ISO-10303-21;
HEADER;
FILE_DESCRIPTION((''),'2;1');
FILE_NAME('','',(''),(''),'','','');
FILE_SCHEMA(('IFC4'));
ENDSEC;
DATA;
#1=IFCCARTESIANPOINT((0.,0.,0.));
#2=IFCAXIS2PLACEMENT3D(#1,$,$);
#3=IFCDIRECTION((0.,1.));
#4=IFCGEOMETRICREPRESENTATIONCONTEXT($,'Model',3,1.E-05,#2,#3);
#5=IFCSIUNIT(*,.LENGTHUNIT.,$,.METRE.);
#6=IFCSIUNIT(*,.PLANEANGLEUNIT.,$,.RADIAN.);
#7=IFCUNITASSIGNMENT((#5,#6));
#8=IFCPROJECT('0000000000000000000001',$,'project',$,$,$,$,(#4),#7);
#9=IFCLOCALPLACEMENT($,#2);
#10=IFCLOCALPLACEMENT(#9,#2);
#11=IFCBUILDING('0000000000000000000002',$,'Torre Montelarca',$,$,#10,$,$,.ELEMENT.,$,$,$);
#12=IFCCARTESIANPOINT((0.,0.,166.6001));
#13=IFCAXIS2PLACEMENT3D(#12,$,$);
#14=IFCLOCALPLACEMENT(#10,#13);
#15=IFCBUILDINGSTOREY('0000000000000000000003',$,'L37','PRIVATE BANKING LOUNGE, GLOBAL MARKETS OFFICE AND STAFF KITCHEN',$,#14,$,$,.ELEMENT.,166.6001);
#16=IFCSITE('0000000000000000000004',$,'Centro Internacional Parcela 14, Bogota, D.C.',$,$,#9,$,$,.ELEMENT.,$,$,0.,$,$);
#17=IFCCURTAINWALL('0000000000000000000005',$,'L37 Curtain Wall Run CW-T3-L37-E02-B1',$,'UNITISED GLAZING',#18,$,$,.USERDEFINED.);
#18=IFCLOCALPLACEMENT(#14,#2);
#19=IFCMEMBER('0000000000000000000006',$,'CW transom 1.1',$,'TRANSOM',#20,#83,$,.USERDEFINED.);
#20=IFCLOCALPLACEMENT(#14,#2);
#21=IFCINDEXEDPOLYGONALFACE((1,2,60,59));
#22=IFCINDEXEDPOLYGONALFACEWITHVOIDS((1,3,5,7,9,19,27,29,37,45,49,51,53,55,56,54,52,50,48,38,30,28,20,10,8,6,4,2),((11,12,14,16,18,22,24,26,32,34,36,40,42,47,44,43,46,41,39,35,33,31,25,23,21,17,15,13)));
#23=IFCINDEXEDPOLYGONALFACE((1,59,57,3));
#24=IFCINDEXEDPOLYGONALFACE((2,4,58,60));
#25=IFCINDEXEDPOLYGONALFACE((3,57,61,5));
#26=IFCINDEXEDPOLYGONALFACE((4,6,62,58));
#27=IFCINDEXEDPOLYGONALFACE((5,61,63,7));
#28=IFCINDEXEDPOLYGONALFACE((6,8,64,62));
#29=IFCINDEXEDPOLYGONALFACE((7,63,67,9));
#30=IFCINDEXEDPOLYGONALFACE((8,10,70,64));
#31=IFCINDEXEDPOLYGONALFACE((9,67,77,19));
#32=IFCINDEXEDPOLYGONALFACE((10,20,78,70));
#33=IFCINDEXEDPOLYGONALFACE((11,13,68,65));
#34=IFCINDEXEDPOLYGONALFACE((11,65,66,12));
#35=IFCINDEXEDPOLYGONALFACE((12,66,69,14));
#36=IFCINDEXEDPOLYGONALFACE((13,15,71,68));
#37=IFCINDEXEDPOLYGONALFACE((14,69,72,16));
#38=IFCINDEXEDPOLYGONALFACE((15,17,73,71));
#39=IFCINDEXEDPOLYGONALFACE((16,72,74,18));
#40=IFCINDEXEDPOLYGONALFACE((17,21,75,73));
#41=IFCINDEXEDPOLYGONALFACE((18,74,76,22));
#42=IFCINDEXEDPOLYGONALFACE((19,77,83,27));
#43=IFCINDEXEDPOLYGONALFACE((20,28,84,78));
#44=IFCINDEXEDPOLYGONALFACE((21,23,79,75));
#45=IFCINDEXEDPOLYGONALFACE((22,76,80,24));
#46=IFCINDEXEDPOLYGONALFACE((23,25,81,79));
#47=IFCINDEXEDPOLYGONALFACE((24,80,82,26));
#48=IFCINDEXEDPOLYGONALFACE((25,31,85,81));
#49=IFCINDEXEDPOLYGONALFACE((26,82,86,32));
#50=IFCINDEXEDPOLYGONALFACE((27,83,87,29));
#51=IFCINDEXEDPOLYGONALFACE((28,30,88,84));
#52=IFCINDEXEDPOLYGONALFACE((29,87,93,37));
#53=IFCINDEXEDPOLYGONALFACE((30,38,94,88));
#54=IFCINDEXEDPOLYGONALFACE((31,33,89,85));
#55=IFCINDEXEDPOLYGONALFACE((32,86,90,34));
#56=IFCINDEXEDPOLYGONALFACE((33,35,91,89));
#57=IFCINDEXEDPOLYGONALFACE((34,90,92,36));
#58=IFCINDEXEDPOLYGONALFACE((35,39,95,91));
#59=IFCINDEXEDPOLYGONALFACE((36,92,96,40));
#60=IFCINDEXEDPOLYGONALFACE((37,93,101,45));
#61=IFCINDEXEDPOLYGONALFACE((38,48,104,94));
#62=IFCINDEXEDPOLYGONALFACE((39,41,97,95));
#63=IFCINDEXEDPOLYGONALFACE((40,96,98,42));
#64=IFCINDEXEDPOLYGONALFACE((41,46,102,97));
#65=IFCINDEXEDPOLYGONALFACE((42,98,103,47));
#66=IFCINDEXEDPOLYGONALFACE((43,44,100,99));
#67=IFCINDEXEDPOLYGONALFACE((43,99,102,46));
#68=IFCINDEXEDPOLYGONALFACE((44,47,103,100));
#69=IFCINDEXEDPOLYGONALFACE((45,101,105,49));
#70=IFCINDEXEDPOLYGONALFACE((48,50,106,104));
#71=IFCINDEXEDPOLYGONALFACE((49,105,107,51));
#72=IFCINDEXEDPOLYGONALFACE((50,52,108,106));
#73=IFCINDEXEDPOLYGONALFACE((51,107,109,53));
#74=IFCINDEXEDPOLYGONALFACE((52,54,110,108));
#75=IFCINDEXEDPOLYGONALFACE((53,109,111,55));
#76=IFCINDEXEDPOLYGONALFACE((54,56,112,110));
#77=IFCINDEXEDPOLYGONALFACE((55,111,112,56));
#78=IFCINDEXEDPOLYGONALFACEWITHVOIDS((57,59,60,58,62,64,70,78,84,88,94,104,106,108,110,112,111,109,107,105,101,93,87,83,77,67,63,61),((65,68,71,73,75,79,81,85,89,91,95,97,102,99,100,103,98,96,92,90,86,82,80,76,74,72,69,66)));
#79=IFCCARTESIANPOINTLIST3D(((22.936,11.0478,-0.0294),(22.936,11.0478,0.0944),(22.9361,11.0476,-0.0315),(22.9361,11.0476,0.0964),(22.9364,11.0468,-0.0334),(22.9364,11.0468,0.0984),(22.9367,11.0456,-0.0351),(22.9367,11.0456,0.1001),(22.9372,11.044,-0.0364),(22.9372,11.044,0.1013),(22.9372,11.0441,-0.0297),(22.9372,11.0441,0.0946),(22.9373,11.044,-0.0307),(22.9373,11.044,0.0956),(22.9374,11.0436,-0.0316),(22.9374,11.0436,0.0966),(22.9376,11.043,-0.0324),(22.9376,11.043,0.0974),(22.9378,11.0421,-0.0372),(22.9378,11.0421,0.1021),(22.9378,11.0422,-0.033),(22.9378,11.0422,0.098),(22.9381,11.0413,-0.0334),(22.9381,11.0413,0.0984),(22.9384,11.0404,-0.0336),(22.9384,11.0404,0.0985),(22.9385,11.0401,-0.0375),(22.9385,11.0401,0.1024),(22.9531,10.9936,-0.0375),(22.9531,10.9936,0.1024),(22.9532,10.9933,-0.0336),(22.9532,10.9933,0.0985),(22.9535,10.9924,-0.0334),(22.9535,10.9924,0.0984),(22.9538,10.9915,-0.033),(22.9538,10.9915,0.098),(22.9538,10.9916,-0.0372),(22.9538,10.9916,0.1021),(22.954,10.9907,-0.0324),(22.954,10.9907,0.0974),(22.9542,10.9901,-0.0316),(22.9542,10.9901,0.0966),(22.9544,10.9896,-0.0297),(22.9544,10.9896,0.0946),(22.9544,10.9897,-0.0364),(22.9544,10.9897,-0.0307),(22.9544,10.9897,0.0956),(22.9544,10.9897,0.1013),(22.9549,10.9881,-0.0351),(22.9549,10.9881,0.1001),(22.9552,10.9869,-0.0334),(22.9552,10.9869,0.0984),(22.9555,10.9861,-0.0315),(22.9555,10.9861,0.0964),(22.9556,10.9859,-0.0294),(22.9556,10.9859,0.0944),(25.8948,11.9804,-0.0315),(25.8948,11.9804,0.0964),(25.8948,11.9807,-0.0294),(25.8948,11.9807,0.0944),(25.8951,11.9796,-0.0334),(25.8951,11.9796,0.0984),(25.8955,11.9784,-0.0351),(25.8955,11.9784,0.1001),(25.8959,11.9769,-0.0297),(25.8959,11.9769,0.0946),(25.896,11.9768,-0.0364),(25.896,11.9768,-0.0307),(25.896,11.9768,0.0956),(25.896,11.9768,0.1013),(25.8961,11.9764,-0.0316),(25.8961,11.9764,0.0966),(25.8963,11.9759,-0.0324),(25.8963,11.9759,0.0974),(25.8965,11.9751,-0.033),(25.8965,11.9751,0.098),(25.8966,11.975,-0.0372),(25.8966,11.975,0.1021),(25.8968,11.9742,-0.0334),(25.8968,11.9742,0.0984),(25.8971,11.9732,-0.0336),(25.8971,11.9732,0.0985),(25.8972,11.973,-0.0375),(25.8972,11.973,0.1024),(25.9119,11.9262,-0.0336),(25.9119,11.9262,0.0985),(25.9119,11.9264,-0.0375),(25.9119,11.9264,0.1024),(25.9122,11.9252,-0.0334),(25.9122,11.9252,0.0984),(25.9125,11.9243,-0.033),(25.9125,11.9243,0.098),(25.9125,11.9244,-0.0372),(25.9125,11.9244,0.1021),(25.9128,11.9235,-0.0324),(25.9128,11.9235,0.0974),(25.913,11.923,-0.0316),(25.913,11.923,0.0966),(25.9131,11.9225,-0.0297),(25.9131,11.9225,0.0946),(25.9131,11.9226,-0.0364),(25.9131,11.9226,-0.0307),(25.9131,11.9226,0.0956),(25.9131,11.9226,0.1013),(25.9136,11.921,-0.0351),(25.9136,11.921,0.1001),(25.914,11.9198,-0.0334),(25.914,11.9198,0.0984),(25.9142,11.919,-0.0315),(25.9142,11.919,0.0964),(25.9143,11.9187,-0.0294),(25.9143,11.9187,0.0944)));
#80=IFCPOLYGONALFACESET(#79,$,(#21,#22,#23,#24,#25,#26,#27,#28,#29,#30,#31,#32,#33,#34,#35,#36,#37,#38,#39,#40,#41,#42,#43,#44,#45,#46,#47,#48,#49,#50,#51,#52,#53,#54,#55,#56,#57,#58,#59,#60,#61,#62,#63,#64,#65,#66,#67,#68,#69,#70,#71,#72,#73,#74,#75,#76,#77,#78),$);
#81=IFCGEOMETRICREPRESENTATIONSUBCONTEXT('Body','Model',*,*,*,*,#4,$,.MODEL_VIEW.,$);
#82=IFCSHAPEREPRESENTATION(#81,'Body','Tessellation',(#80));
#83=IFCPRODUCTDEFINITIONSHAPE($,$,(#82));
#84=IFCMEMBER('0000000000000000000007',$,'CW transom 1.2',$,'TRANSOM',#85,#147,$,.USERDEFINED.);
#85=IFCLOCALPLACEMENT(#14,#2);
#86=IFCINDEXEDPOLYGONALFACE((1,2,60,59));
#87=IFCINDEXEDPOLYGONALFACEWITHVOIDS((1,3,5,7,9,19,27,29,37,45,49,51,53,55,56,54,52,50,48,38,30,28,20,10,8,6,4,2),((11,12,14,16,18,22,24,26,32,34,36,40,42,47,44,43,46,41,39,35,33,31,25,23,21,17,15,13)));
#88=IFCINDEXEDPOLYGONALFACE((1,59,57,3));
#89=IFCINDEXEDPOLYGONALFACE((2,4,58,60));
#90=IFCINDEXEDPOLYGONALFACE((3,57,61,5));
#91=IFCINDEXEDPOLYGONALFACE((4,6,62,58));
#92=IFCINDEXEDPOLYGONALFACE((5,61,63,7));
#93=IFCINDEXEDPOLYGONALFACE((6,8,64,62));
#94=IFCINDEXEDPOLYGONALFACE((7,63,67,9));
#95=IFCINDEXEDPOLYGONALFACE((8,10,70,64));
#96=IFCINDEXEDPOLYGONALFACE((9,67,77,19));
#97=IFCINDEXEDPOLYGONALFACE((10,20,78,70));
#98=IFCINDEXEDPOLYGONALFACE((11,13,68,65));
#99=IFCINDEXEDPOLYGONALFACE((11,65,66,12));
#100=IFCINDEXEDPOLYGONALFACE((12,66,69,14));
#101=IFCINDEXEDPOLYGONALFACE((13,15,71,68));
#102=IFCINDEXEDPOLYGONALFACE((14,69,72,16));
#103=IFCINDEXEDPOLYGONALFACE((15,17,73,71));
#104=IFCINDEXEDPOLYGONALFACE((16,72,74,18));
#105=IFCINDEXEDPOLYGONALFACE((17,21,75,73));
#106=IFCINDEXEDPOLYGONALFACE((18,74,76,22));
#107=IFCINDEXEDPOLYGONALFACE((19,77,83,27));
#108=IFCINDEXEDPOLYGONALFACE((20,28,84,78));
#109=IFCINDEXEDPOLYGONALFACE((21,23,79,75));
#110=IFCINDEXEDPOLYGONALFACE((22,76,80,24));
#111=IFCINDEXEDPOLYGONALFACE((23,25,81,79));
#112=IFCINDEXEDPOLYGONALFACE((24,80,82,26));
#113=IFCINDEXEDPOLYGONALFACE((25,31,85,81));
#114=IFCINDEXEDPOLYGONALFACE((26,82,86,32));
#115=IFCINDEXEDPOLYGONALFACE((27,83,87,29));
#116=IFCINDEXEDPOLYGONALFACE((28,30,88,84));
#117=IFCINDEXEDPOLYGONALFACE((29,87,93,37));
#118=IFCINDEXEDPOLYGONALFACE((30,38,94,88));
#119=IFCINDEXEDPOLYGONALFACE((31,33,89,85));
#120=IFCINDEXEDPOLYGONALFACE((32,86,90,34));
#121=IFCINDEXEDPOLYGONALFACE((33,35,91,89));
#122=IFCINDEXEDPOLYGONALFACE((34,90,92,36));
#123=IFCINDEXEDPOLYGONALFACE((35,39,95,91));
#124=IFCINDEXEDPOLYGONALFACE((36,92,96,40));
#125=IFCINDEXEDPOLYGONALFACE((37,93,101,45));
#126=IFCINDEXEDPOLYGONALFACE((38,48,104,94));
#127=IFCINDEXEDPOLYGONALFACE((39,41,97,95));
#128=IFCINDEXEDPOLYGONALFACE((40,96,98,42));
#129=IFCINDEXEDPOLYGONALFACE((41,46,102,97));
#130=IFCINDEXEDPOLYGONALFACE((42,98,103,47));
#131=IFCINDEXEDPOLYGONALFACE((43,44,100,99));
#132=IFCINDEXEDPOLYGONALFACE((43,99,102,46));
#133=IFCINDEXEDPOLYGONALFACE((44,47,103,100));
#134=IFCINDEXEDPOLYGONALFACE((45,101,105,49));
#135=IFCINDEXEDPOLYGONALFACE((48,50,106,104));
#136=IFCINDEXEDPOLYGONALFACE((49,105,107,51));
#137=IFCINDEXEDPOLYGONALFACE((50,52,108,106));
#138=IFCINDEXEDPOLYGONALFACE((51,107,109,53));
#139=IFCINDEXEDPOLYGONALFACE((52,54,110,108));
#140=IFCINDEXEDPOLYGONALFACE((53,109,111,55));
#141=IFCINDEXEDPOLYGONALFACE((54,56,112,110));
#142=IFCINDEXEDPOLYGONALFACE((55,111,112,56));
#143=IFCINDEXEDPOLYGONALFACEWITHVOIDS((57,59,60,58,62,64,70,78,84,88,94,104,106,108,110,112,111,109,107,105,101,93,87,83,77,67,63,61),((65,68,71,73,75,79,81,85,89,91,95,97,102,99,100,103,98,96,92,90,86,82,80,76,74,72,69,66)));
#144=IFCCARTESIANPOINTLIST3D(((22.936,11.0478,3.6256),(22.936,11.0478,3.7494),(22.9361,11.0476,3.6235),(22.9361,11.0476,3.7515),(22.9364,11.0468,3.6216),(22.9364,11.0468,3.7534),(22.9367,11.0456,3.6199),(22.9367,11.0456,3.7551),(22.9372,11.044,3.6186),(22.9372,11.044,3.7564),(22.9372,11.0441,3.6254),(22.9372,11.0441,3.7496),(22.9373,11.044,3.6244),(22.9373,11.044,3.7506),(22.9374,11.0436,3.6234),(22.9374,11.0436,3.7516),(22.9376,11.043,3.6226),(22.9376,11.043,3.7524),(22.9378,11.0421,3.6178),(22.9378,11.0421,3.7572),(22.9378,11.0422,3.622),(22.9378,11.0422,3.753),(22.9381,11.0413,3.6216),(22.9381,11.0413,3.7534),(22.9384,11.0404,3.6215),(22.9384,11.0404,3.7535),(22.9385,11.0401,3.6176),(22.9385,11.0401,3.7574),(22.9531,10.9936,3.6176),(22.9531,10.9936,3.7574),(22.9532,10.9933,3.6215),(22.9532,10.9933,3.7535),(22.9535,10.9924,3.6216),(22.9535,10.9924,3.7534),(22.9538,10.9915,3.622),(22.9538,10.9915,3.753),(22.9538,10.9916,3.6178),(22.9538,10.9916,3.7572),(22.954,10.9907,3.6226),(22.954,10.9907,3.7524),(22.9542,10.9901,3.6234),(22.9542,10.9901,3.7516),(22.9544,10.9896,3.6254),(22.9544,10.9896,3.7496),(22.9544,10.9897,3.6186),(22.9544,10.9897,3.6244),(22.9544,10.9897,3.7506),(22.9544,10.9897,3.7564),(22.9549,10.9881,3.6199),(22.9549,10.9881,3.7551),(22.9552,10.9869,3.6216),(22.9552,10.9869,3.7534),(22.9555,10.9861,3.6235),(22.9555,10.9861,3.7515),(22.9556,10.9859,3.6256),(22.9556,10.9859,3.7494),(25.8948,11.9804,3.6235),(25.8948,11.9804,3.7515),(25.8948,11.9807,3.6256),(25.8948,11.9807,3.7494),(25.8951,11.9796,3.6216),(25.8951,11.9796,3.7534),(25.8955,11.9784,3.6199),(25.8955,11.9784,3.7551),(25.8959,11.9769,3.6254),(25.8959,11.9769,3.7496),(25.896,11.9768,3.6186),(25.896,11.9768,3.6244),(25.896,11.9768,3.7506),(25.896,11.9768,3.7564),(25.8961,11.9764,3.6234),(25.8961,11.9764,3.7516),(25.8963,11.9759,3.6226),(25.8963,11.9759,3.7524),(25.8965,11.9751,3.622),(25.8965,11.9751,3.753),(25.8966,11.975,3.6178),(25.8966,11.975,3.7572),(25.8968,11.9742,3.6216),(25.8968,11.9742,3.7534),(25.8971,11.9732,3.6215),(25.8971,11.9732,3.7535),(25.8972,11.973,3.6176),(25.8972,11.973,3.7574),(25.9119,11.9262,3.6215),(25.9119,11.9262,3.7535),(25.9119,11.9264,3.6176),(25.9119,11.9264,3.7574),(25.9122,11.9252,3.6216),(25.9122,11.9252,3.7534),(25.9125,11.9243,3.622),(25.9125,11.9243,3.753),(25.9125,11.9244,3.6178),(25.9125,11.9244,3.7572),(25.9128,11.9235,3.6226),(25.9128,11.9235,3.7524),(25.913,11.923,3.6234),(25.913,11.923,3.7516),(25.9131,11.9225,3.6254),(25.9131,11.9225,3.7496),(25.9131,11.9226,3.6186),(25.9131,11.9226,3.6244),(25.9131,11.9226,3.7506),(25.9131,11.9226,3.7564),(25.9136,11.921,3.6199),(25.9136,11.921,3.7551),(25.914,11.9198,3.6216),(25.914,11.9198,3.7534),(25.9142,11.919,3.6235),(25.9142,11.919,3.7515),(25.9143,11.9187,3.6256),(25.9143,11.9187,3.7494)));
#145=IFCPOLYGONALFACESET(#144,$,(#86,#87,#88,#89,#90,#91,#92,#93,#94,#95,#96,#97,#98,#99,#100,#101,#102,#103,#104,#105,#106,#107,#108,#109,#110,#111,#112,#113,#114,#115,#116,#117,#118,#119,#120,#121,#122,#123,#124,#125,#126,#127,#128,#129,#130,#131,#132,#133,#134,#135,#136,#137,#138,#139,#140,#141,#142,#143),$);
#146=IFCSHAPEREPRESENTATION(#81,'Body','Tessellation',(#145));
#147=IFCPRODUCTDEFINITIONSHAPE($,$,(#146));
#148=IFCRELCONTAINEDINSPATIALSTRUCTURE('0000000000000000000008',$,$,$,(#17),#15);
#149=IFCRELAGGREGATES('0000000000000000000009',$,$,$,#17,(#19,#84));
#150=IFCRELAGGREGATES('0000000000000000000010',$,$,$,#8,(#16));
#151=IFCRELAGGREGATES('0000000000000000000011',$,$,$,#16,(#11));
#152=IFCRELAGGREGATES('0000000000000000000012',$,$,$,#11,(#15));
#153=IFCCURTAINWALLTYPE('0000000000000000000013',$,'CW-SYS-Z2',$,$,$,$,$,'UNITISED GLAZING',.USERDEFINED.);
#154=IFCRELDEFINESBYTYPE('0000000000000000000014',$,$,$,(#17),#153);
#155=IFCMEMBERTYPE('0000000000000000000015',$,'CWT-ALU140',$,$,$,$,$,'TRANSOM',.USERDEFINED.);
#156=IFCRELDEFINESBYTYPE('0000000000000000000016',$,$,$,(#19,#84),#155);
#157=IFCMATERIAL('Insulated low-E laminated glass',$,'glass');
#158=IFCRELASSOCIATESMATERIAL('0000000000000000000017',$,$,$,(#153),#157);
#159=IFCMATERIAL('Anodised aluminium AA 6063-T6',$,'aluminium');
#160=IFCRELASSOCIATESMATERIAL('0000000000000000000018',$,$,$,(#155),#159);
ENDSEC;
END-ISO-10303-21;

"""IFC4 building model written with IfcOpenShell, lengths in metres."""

from ifc_helpers import new_model, si_unit, direction, frame, origin, origin_2d, place, context, subcontext, project, spatial, hollow_rectangle, extrude, source, transform, mapped, material, material_profile, profile_set, type_object, element, aggregate, save


model = new_model("IFC4")

# Units and contexts
model_context = context("Model", 3, precision=1e-05, world=origin(), true_north=direction((0.0, 1.0)))
body_context = subcontext(model_context, "Body", "Model", "MODEL_VIEW")
ifc_project = project(units=[si_unit("LENGTHUNIT", "METRE"), si_unit("PLANEANGLEUNIT", "RADIAN")], contexts=[model_context])

# Site, building, storey
site_placement = place(None, origin())
site = spatial("IfcSite", under=ifc_project, at=site_placement, Name="Centro Internacional Parcela 14, Bogota, D.C.", CompositionType="ELEMENT", RefElevation=0.0)
building_placement = place(site_placement, origin())
building = spatial("IfcBuilding", under=site, at=building_placement, Name="Torre Montelarca", CompositionType="ELEMENT")
storey_placement = place(building_placement, frame((0.0, 0.0, 166.6001)))
storey = spatial("IfcBuildingStorey", under=building, at=storey_placement, Name="L37", Description="PRIVATE BANKING LOUNGE, GLOBAL MARKETS OFFICE AND STAFF KITCHEN", CompositionType="ELEMENT", Elevation=166.6001)

# Curtain wall, members
ifc_material_1 = material(Name="Insulated low-E laminated glass", Category="glass")
curtain_wall_type = type_object("IfcCurtainWallType", Name="CW-SYS-Z2", ElementType="UNITISED GLAZING", PredefinedType="USERDEFINED", material=ifc_material_1)
curtain_wall_1_placement = place(storey_placement, origin())
curtain_wall_1 = element("IfcCurtainWall", 1, at=curtain_wall_1_placement, inside=storey, type_object=curtain_wall_type, Name="L37 Curtain Wall Run CW-T3-L37-E02-B1", ObjectType="UNITISED GLAZING", PredefinedType="USERDEFINED")
ifc_material_2 = material(Name="Anodised aluminium AA 6063-T6", Category="aluminium")
ifc_material_profile_1 = material_profile(ifc_material_2, hollow_rectangle(XDim=0.0649, YDim=0.1399, WallThickness=0.0039, InnerFilletRadius=0.0039, OuterFilletRadius=0.0081, at=origin_2d()), Name="ALU65X140X4", Category="aluminium")
ifc_profile_set_1 = profile_set([ifc_material_profile_1], Name="Anodised aluminium AA 6063-T6")
member_type_1 = type_object("IfcMemberType", Name="CWT-ALU140", ElementType="TRANSOM", PredefinedType="USERDEFINED", material=ifc_profile_set_1)
shared_shape_1 = source(origin(), body_context, "Body", "SweptSolid", [
    extrude(hollow_rectangle(XDim=0.0649, YDim=0.1399, WallThickness=0.0039, InnerFilletRadius=0.0039, OuterFilletRadius=0.0081, at=origin_2d()), origin(), (0.0, 0.0, 1.0), 3.1023),
])
member_1_placement = place(storey_placement, frame((22.9458, 11.0168, 0.0325), z_axis=(0.953719, 0.300698, 0.0), x_axis=(-0.300698, 0.953719, 0.0)))
member_1 = element("IfcMember", 2, at=member_1_placement, type_object=member_type_1, Name="CW transom 1.1", ObjectType="TRANSOM", PredefinedType="USERDEFINED", context=body_context, shape_type="MappedRepresentation", body=[
    mapped(shared_shape_1, transform((0.0, 0.0, 0.0), scale=1.0)),
])
member_2_placement = place(storey_placement, frame((22.9458, 11.0168, 3.6875), z_axis=(0.953719, 0.300698, 0.0), x_axis=(-0.300698, 0.953719, 0.0)))
member_2 = element("IfcMember", 3, at=member_2_placement, type_object=member_type_1, Name="CW transom 1.2", ObjectType="TRANSOM", PredefinedType="USERDEFINED", context=body_context, shape_type="MappedRepresentation", body=[
    mapped(shared_shape_1, transform((0.0, 0.0, 0.0), scale=1.0)),
])

aggregate(curtain_wall_1, [member_1, member_2])

save(model, "model.ifc")
